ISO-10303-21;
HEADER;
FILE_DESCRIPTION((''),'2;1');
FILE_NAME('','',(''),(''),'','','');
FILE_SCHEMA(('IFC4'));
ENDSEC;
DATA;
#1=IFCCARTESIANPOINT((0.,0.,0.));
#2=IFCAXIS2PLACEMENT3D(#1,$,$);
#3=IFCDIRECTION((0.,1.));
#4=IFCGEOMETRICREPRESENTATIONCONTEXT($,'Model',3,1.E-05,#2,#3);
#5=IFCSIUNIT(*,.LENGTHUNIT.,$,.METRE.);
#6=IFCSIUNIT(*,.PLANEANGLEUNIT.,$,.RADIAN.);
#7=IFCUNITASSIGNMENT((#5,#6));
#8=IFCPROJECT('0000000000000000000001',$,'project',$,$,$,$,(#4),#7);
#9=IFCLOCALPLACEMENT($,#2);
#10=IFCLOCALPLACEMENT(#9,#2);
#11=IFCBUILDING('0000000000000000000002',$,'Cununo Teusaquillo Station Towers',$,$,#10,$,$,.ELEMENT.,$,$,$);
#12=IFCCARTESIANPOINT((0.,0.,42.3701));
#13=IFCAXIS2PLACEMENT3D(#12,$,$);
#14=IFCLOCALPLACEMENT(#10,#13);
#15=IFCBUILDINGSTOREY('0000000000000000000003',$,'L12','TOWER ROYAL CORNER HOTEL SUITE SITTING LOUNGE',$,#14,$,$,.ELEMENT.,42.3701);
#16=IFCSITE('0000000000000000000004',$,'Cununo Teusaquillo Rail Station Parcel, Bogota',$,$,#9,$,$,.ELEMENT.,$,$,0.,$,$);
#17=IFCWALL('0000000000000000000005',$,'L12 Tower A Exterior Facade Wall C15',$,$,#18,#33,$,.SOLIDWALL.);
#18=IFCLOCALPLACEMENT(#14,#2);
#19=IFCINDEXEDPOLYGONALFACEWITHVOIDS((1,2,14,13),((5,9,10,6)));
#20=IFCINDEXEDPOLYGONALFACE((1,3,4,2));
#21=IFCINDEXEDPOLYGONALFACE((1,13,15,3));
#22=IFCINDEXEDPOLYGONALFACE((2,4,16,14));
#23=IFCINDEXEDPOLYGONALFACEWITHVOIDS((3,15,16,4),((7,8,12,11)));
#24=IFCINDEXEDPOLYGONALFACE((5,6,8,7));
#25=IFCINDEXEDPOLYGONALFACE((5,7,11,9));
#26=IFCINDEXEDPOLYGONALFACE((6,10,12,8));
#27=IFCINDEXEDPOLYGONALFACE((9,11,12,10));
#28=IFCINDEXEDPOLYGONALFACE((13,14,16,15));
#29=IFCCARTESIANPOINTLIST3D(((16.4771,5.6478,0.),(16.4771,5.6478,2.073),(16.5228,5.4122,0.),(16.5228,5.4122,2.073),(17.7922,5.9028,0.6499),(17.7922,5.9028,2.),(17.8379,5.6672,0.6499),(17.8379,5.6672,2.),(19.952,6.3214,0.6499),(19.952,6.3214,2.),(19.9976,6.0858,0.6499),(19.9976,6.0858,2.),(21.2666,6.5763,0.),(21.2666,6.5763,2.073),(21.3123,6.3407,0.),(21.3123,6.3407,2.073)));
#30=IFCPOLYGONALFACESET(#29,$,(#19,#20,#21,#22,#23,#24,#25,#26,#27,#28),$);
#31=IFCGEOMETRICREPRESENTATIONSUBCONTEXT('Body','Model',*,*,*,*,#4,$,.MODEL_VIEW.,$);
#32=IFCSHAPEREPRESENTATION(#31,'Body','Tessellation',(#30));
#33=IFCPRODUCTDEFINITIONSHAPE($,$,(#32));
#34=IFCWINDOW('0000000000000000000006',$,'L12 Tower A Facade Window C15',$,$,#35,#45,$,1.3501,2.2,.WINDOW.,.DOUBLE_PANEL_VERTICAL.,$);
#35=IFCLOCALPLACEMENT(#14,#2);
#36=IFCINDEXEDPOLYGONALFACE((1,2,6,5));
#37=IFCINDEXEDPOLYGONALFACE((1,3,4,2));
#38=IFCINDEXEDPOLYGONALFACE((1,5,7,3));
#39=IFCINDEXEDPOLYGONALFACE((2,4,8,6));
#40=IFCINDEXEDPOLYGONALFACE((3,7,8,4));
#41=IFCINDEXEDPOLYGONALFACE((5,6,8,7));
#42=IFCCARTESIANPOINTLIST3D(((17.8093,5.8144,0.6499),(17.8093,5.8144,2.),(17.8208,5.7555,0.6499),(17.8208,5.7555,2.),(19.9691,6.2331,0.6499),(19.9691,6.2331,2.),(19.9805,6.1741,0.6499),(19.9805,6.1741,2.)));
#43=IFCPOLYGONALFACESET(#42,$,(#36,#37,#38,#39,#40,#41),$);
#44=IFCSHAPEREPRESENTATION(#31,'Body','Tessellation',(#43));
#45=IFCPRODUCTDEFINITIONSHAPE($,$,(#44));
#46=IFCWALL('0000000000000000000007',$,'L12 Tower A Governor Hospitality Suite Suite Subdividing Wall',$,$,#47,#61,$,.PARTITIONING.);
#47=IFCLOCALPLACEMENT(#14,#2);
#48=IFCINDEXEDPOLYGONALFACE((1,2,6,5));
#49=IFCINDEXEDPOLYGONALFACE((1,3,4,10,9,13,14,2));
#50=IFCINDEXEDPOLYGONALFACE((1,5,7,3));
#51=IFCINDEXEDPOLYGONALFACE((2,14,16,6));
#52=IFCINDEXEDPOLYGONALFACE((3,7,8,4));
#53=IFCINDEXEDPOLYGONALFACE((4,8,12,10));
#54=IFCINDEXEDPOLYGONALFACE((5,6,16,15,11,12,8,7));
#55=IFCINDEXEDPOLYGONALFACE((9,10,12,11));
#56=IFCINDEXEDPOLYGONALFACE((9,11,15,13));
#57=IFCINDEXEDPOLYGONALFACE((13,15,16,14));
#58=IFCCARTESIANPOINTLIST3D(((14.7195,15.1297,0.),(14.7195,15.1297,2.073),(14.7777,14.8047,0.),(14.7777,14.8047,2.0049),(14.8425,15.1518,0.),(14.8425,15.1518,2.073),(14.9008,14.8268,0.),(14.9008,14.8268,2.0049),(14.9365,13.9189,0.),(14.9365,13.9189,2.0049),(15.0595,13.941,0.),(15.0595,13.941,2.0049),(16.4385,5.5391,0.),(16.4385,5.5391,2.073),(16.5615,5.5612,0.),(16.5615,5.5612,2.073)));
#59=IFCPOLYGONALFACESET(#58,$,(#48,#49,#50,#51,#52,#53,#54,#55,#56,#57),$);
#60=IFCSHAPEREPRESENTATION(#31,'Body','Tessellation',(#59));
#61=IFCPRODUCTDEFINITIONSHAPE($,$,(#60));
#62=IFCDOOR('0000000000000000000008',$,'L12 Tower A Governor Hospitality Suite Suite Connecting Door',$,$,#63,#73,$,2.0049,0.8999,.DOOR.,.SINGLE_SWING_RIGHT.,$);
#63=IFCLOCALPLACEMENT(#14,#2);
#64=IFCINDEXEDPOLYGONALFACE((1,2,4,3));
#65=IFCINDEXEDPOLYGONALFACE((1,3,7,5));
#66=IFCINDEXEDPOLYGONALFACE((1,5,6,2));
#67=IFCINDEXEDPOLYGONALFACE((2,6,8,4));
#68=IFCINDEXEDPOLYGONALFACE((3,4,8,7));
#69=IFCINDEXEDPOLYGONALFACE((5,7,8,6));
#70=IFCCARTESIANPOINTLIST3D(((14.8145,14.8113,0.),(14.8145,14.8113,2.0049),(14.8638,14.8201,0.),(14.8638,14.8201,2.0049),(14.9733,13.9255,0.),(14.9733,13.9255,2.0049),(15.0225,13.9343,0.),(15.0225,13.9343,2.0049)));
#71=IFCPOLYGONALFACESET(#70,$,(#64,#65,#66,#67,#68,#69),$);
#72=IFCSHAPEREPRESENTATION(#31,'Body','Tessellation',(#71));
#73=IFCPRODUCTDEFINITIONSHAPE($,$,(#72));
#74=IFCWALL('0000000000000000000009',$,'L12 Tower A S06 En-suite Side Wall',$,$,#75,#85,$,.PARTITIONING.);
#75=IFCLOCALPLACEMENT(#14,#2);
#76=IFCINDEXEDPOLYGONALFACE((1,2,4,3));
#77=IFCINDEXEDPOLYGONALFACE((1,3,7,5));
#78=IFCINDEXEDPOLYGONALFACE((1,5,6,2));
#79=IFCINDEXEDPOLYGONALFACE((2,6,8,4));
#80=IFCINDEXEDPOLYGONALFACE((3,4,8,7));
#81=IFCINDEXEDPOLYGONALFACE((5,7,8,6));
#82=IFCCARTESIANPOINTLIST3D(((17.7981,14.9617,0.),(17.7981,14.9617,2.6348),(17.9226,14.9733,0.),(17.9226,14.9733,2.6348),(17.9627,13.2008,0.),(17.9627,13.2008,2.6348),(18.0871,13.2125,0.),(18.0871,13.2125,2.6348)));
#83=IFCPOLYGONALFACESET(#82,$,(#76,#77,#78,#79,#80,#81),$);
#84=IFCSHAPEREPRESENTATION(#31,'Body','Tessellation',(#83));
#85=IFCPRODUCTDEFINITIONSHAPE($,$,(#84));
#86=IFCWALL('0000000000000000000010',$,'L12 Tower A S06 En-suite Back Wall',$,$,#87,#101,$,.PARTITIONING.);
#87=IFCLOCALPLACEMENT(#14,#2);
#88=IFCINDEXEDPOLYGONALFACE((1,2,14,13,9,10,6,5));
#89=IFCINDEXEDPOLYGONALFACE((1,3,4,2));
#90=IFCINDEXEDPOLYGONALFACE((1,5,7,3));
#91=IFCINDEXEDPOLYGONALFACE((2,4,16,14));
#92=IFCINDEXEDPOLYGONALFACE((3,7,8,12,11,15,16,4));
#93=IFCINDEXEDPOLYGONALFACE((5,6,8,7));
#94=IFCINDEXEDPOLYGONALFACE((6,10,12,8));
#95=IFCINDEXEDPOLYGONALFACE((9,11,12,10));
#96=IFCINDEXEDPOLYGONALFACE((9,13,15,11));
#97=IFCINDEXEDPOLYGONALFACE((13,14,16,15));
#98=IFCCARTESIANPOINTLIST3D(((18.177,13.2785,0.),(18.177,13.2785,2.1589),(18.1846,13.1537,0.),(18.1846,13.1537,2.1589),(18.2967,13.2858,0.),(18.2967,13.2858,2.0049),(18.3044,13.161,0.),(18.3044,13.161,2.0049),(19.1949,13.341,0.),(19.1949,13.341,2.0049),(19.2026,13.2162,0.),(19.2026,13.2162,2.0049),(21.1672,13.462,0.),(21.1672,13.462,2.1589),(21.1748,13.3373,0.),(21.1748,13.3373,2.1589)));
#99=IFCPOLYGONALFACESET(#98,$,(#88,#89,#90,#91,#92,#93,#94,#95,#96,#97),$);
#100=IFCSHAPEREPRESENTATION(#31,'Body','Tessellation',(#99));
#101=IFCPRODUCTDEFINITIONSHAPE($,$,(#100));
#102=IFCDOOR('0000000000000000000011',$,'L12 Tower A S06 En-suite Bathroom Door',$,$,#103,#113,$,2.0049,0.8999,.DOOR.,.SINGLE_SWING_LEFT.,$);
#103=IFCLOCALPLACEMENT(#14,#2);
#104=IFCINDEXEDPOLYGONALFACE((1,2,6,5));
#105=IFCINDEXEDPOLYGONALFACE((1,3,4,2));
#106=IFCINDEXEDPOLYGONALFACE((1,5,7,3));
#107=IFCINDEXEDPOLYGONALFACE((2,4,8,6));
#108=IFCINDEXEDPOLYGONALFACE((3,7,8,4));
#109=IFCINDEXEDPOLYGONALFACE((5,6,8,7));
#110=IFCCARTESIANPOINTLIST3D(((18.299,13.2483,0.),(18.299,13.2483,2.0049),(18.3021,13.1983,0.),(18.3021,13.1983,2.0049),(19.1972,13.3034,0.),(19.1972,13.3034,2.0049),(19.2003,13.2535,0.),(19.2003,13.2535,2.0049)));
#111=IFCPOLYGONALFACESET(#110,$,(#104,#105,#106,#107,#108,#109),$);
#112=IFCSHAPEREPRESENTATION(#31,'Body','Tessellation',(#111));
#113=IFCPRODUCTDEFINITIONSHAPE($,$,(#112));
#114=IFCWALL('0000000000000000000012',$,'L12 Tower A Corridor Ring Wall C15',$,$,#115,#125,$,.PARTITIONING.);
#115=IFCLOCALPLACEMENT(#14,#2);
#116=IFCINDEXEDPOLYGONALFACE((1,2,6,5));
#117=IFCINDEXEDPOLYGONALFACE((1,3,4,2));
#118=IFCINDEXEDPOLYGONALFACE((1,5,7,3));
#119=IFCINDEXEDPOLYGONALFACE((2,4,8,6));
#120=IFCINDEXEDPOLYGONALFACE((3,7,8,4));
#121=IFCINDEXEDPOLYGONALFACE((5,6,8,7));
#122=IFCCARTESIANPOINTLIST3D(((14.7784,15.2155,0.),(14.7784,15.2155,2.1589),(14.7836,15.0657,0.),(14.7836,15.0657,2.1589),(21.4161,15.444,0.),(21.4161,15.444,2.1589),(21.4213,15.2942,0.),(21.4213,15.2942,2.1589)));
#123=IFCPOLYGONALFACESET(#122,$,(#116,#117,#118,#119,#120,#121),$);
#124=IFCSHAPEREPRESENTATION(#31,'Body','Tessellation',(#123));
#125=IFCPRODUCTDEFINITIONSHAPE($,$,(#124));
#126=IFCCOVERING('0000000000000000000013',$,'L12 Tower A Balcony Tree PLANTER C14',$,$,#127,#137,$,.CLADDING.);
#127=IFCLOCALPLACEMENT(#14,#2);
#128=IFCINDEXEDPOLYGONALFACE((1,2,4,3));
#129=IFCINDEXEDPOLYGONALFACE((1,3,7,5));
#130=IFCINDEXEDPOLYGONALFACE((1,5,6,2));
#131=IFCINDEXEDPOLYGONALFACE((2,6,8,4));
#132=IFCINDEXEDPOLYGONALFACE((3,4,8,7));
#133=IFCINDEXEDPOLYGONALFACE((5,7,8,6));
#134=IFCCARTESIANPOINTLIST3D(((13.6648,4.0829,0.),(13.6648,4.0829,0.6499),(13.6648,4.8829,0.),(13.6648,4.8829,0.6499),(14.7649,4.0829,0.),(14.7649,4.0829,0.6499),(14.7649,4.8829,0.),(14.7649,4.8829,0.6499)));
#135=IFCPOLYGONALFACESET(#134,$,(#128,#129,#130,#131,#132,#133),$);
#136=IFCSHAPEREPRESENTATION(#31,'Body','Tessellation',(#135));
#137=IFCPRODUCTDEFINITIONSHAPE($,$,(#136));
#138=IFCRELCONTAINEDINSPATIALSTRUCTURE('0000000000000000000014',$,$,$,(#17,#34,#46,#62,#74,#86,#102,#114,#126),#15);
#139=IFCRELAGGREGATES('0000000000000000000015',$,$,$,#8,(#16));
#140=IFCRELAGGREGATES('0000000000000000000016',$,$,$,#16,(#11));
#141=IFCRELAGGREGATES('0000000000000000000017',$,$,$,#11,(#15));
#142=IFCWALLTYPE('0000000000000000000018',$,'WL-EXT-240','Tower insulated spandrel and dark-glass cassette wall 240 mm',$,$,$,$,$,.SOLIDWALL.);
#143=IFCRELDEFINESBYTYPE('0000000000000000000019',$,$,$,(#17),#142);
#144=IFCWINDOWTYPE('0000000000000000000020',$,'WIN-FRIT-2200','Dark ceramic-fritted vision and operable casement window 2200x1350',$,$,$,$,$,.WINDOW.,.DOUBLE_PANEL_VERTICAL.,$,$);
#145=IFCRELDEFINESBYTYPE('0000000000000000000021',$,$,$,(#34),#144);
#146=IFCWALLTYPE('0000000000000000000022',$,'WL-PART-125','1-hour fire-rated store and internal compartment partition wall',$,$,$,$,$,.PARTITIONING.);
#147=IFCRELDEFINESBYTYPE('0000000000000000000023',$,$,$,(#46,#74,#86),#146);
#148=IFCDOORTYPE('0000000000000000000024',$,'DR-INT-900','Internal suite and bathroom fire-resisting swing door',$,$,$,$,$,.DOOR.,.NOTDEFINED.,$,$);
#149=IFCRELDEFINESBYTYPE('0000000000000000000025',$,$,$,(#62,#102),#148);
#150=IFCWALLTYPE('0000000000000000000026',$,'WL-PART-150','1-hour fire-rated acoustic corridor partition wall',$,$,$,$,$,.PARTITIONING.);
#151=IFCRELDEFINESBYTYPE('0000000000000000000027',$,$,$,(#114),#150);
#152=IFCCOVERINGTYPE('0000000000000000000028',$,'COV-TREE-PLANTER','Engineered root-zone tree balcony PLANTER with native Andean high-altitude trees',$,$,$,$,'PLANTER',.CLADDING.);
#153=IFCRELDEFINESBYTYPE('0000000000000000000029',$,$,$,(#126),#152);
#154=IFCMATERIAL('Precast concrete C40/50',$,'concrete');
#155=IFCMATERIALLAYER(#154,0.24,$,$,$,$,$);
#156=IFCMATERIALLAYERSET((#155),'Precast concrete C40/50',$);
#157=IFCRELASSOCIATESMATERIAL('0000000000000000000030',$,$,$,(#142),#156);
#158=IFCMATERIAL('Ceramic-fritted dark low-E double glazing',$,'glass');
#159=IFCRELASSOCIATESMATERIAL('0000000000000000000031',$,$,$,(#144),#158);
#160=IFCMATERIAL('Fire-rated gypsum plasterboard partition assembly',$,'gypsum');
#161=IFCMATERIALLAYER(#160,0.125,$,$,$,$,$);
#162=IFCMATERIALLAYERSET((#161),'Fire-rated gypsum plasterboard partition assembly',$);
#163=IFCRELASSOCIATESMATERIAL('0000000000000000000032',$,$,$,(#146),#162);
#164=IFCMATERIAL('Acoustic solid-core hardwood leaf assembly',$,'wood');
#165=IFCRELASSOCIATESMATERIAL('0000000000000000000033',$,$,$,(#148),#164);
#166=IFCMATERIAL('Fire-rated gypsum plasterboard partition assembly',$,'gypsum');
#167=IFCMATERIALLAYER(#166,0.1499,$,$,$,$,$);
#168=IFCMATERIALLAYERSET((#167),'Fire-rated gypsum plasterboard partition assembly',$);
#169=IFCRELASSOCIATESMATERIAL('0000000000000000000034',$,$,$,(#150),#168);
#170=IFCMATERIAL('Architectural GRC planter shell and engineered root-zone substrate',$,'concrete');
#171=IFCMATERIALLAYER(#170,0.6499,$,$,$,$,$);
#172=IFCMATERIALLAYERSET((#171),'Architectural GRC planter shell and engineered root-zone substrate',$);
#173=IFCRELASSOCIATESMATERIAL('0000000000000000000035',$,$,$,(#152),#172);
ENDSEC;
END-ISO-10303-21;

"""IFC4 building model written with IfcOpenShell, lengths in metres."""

from ifc_helpers import new_model, si_unit, direction, frame, frame_2d, origin, origin_2d, place, context, subcontext, project, spatial, rectangle, extrude, source, transform, mapped, material, layer, layer_set, type_object, element, fill, save


model = new_model("IFC4")

# Units and contexts
model_context = context("Model", 3, precision=1e-05, world=origin(), true_north=direction((0.0, 1.0)))
body_context = subcontext(model_context, "Body", "Model", "MODEL_VIEW")
ifc_project = project(units=[si_unit("LENGTHUNIT", "METRE"), si_unit("PLANEANGLEUNIT", "RADIAN")], contexts=[model_context])

# Site, building, storey
site_placement = place(None, origin())
site = spatial("IfcSite", under=ifc_project, at=site_placement, Name="Cununo Teusaquillo Rail Station Parcel, Bogota", CompositionType="ELEMENT", RefElevation=0.0)
building_placement = place(site_placement, origin())
building = spatial("IfcBuilding", under=site, at=building_placement, Name="Cununo Teusaquillo Station Towers", CompositionType="ELEMENT")
storey_placement = place(building_placement, frame((0.0, 0.0, 42.3701)))
storey = spatial("IfcBuildingStorey", under=building, at=storey_placement, Name="L12", Description="TOWER ROYAL CORNER HOTEL SUITE SITTING LOUNGE", CompositionType="ELEMENT", Elevation=42.3701)

# Shared definitions
ifc_material_1 = material(Name="Precast concrete C40/50", Category="concrete")
ifc_layer_1 = layer(ifc_material_1, 0.24)
ifc_layer_set_1 = layer_set([ifc_layer_1], Name="Precast concrete C40/50")
wall_type_1 = type_object("IfcWallType", Name="WL-EXT-240", Description="Tower insulated spandrel and dark-glass cassette wall 240 mm", PredefinedType="SOLIDWALL", material=ifc_layer_set_1)

# Wall, opening, window
wall_1_placement = place(storey_placement, frame((21.2896, 6.4585, 0.0), z_axis=(0.0, 0.0, 1.0), x_axis=(-0.981724, -0.19031, 0.0)))
wall_1 = element("IfcWall", 1, at=wall_1_placement, inside=storey, type_object=wall_type_1, Name="L12 Tower A Exterior Facade Wall C15", PredefinedType="SOLIDWALL", context=body_context, shape_type="SweptSolid", body=[
    extrude(rectangle(XDim=4.8787, YDim=0.24, at=frame_2d((2.4395, 0.0))), origin(), (0.0, 0.0, 1.0), 2.073),
])
shared_shape_1 = source(origin(), body_context, "Body", "SweptSolid", [
    extrude(rectangle(XDim=2.2, YDim=1.3501, at=frame_2d((1.1001, 0.675))), frame((0.0, 0.1299, 0.0), z_axis=(0.0, -1.0, 0.0), x_axis=(1.0, 0.0, 0.0)), (0.0, 0.0, 1.0), 0.26),
])
opening_1_placement = place(wall_1_placement, frame((1.3391, 0.0, 0.6499)))
opening_1 = element("IfcOpeningElement", 2, at=opening_1_placement, cuts=wall_1, PredefinedType="OPENING", context=body_context, shape_type="MappedRepresentation", body=[
    mapped(shared_shape_1, transform((0.0, 0.0, 0.0), x_axis=(1.0, 0.0, 0.0), y_axis=(0.0, 1.0, 0.0), z_axis=(0.0, 0.0, 1.0), scale=1.0)),
])
ifc_material_2 = material(Name="Ceramic-fritted dark low-E double glazing", Category="glass")
window_type = type_object("IfcWindowType", Name="WIN-FRIT-2200", Description="Dark ceramic-fritted vision and operable casement window 2200x1350", PartitioningType="DOUBLE_PANEL_VERTICAL", PredefinedType="WINDOW", material=ifc_material_2)
shared_shape_2 = source(origin(), body_context, "Body", "SweptSolid", [
    extrude(rectangle(XDim=2.2, YDim=1.3501, at=frame_2d((1.1001, 0.675))), frame((0.0, 0.03, 0.0), z_axis=(0.0, -1.0, 0.0), x_axis=(1.0, 0.0, 0.0)), (0.0, 0.0, 1.0), 0.0601),
])
window_placement = place(opening_1_placement, origin())
window = element("IfcWindow", 3, at=window_placement, inside=storey, type_object=window_type, Name="L12 Tower A Facade Window C15", OverallHeight=1.3501, OverallWidth=2.2, PartitioningType="DOUBLE_PANEL_VERTICAL", PredefinedType="WINDOW", context=body_context, shape_type="MappedRepresentation", body=[
    mapped(shared_shape_2, transform((0.0, 0.0, 0.0), x_axis=(1.0, 0.0, 0.0), y_axis=(0.0, 1.0, 0.0), z_axis=(0.0, 0.0, 1.0), scale=1.0)),
])
fill(opening_1, window)

# Wall, opening, door
ifc_material_3 = material(Name="Fire-rated gypsum plasterboard partition assembly", Category="gypsum")
ifc_layer_2 = layer(ifc_material_3, 0.125)
ifc_layer_set_2 = layer_set([ifc_layer_2], Name="Fire-rated gypsum plasterboard partition assembly")
wall_type_2 = type_object("IfcWallType", Name="WL-PART-125", Description="1-hour fire-rated store and internal compartment partition wall", PredefinedType="PARTITIONING", material=ifc_layer_set_2)
wall_2_placement = place(storey_placement, frame((14.781, 15.1406, 0.0), z_axis=(0.0, 0.0, 1.0), x_axis=(0.176426, -0.984314, 0.0)))
wall_2 = element("IfcWall", 4, at=wall_2_placement, inside=storey, type_object=wall_type_2, Name="L12 Tower A Governor Hospitality Suite Suite Subdividing Wall", PredefinedType="PARTITIONING", context=body_context, shape_type="SweptSolid", body=[
    extrude(rectangle(XDim=9.7434, YDim=0.125, at=frame_2d((4.8716, 0.0))), origin(), (0.0, 0.0, 1.0), 2.073),
])
shared_shape_3 = source(origin(), body_context, "Body", "SweptSolid", [
    extrude(rectangle(XDim=0.8999, YDim=2.0049, at=frame_2d((0.45, 1.0024))), frame((0.0, 0.0725, 0.0), z_axis=(0.0, -1.0, 0.0), x_axis=(1.0, 0.0, 0.0)), (0.0, 0.0, 1.0), 0.145),
])
opening_2_placement = place(wall_2_placement, frame((0.3301, 0.0, 0.0)))
opening_2 = element("IfcOpeningElement", 5, at=opening_2_placement, cuts=wall_2, PredefinedType="OPENING", context=body_context, shape_type="MappedRepresentation", body=[
    mapped(shared_shape_3, transform((0.0, 0.0, 0.0), x_axis=(1.0, 0.0, 0.0), y_axis=(0.0, 1.0, 0.0), z_axis=(0.0, 0.0, 1.0), scale=1.0)),
])
ifc_material_4 = material(Name="Acoustic solid-core hardwood leaf assembly", Category="wood")
door_type_1 = type_object("IfcDoorType", Name="DR-INT-900", Description="Internal suite and bathroom fire-resisting swing door", OperationType="NOTDEFINED", PredefinedType="DOOR", material=ifc_material_4)
shared_shape_4 = source(origin(), body_context, "Body", "SweptSolid", [
    extrude(rectangle(XDim=0.8999, YDim=2.0049, at=frame_2d((0.45, 1.0024))), frame((0.0, 0.0249, 0.0), z_axis=(0.0, -1.0, 0.0), x_axis=(1.0, 0.0, 0.0)), (0.0, 0.0, 1.0), 0.05),
])
door_1_placement = place(opening_2_placement, origin())
door_1 = element("IfcDoor", 6, at=door_1_placement, inside=storey, type_object=door_type_1, Name="L12 Tower A Governor Hospitality Suite Suite Connecting Door", OperationType="SINGLE_SWING_RIGHT", OverallHeight=2.0049, OverallWidth=0.8999, PredefinedType="DOOR", context=body_context, shape_type="MappedRepresentation", body=[
    mapped(shared_shape_4, transform((0.0, 0.0, 0.0), x_axis=(1.0, 0.0, 0.0), y_axis=(0.0, 1.0, 0.0), z_axis=(0.0, 0.0, 1.0), scale=1.0)),
])
fill(opening_2, door_1)

# Wall
wall_3_placement = place(storey_placement, frame((17.8604, 14.9675, 0.0), z_axis=(0.0, 0.0, 1.0), x_axis=(0.093037, -0.995663, 0.0)))
element("IfcWall", 7, at=wall_3_placement, inside=storey, type_object=wall_type_2, Name="L12 Tower A S06 En-suite Side Wall", PredefinedType="PARTITIONING", context=body_context, shape_type="SweptSolid", body=[
    extrude(rectangle(XDim=1.7686, YDim=0.125, at=frame_2d((0.8843, 0.0))), origin(), (0.0, 0.0, 1.0), 2.6348),
])

# Wall, opening, door
wall_4_placement = place(storey_placement, frame((18.1807, 13.2161, 0.0), z_axis=(0.0, 0.0, 1.0), x_axis=(0.99812, 0.061282, 0.0)))
wall_4 = element("IfcWall", 8, at=wall_4_placement, inside=storey, type_object=wall_type_2, Name="L12 Tower A S06 En-suite Back Wall", PredefinedType="PARTITIONING", context=body_context, shape_type="SweptSolid", body=[
    extrude(rectangle(XDim=2.9958, YDim=0.125, at=frame_2d((1.498, 0.0))), origin(), (0.0, 0.0, 1.0), 2.1589),
])
opening_3_placement = place(wall_4_placement, frame((0.1201, 0.0, 0.0)))
opening_3 = element("IfcOpeningElement", 9, at=opening_3_placement, cuts=wall_4, PredefinedType="OPENING", context=body_context, shape_type="MappedRepresentation", body=[
    mapped(shared_shape_3, transform((0.0, 0.0, 0.0), x_axis=(1.0, 0.0, 0.0), y_axis=(0.0, 1.0, 0.0), z_axis=(0.0, 0.0, 1.0), scale=1.0)),
])
door_2_placement = place(opening_3_placement, origin())
door_2 = element("IfcDoor", 10, at=door_2_placement, inside=storey, type_object=door_type_1, Name="L12 Tower A S06 En-suite Bathroom Door", OperationType="SINGLE_SWING_LEFT", OverallHeight=2.0049, OverallWidth=0.8999, PredefinedType="DOOR", context=body_context, shape_type="MappedRepresentation", body=[
    mapped(shared_shape_4, transform((0.0, 0.0, 0.0), x_axis=(1.0, 0.0, 0.0), y_axis=(0.0, 1.0, 0.0), z_axis=(0.0, 0.0, 1.0), scale=1.0)),
])
fill(opening_3, door_2)

# Wall
ifc_material_5 = material(Name="Fire-rated gypsum plasterboard partition assembly", Category="gypsum")
ifc_layer_3 = layer(ifc_material_5, 0.1499)
ifc_layer_set_3 = layer_set([ifc_layer_3], Name="Fire-rated gypsum plasterboard partition assembly")
wall_type_3 = type_object("IfcWallType", Name="WL-PART-150", Description="1-hour fire-rated acoustic corridor partition wall", PredefinedType="PARTITIONING", material=ifc_layer_set_3)
wall_5_placement = place(storey_placement, frame((14.781, 15.1406, 0.0), z_axis=(0.0, 0.0, 1.0), x_axis=(0.999408, 0.034407, 0.0)))
element("IfcWall", 11, at=wall_5_placement, inside=storey, type_object=wall_type_3, Name="L12 Tower A Corridor Ring Wall C15", PredefinedType="PARTITIONING", context=body_context, shape_type="SweptSolid", body=[
    extrude(rectangle(XDim=6.6416, YDim=0.1499, at=frame_2d((3.3208, 0.0))), origin(), (0.0, 0.0, 1.0), 2.1589),
])

# Covering
ifc_material_6 = material(Name="Architectural GRC planter shell and engineered root-zone substrate", Category="concrete")
ifc_layer_4 = layer(ifc_material_6, 0.6499)
ifc_layer_set_4 = layer_set([ifc_layer_4], Name="Architectural GRC planter shell and engineered root-zone substrate")
covering_type = type_object("IfcCoveringType", Name="COV-TREE-PLANTER", Description="Engineered root-zone tree balcony PLANTER with native Andean high-altitude trees", ElementType="PLANTER", PredefinedType="CLADDING", material=ifc_layer_set_4)
shared_shape_5 = source(origin(), body_context, "Body", "SweptSolid", [
    extrude(rectangle(XDim=1.1001, YDim=0.8, at=origin_2d()), origin(), (0.0, 0.0, 1.0), 0.6499),
])
covering_placement = place(storey_placement, frame((14.2148, 4.4829, 0.0), z_axis=(0.0, 0.0, 1.0), x_axis=(1.0, 0.0, 0.0)))
element("IfcCovering", 12, at=covering_placement, inside=storey, type_object=covering_type, Name="L12 Tower A Balcony Tree PLANTER C14", PredefinedType="CLADDING", context=body_context, shape_type="MappedRepresentation", body=[
    mapped(shared_shape_5, transform((0.0, 0.0, 0.0), x_axis=(1.0, 0.0, 0.0), y_axis=(0.0, 1.0, 0.0), z_axis=(0.0, 0.0, 1.0), scale=1.0)),
])

save(model, "model.ifc")
